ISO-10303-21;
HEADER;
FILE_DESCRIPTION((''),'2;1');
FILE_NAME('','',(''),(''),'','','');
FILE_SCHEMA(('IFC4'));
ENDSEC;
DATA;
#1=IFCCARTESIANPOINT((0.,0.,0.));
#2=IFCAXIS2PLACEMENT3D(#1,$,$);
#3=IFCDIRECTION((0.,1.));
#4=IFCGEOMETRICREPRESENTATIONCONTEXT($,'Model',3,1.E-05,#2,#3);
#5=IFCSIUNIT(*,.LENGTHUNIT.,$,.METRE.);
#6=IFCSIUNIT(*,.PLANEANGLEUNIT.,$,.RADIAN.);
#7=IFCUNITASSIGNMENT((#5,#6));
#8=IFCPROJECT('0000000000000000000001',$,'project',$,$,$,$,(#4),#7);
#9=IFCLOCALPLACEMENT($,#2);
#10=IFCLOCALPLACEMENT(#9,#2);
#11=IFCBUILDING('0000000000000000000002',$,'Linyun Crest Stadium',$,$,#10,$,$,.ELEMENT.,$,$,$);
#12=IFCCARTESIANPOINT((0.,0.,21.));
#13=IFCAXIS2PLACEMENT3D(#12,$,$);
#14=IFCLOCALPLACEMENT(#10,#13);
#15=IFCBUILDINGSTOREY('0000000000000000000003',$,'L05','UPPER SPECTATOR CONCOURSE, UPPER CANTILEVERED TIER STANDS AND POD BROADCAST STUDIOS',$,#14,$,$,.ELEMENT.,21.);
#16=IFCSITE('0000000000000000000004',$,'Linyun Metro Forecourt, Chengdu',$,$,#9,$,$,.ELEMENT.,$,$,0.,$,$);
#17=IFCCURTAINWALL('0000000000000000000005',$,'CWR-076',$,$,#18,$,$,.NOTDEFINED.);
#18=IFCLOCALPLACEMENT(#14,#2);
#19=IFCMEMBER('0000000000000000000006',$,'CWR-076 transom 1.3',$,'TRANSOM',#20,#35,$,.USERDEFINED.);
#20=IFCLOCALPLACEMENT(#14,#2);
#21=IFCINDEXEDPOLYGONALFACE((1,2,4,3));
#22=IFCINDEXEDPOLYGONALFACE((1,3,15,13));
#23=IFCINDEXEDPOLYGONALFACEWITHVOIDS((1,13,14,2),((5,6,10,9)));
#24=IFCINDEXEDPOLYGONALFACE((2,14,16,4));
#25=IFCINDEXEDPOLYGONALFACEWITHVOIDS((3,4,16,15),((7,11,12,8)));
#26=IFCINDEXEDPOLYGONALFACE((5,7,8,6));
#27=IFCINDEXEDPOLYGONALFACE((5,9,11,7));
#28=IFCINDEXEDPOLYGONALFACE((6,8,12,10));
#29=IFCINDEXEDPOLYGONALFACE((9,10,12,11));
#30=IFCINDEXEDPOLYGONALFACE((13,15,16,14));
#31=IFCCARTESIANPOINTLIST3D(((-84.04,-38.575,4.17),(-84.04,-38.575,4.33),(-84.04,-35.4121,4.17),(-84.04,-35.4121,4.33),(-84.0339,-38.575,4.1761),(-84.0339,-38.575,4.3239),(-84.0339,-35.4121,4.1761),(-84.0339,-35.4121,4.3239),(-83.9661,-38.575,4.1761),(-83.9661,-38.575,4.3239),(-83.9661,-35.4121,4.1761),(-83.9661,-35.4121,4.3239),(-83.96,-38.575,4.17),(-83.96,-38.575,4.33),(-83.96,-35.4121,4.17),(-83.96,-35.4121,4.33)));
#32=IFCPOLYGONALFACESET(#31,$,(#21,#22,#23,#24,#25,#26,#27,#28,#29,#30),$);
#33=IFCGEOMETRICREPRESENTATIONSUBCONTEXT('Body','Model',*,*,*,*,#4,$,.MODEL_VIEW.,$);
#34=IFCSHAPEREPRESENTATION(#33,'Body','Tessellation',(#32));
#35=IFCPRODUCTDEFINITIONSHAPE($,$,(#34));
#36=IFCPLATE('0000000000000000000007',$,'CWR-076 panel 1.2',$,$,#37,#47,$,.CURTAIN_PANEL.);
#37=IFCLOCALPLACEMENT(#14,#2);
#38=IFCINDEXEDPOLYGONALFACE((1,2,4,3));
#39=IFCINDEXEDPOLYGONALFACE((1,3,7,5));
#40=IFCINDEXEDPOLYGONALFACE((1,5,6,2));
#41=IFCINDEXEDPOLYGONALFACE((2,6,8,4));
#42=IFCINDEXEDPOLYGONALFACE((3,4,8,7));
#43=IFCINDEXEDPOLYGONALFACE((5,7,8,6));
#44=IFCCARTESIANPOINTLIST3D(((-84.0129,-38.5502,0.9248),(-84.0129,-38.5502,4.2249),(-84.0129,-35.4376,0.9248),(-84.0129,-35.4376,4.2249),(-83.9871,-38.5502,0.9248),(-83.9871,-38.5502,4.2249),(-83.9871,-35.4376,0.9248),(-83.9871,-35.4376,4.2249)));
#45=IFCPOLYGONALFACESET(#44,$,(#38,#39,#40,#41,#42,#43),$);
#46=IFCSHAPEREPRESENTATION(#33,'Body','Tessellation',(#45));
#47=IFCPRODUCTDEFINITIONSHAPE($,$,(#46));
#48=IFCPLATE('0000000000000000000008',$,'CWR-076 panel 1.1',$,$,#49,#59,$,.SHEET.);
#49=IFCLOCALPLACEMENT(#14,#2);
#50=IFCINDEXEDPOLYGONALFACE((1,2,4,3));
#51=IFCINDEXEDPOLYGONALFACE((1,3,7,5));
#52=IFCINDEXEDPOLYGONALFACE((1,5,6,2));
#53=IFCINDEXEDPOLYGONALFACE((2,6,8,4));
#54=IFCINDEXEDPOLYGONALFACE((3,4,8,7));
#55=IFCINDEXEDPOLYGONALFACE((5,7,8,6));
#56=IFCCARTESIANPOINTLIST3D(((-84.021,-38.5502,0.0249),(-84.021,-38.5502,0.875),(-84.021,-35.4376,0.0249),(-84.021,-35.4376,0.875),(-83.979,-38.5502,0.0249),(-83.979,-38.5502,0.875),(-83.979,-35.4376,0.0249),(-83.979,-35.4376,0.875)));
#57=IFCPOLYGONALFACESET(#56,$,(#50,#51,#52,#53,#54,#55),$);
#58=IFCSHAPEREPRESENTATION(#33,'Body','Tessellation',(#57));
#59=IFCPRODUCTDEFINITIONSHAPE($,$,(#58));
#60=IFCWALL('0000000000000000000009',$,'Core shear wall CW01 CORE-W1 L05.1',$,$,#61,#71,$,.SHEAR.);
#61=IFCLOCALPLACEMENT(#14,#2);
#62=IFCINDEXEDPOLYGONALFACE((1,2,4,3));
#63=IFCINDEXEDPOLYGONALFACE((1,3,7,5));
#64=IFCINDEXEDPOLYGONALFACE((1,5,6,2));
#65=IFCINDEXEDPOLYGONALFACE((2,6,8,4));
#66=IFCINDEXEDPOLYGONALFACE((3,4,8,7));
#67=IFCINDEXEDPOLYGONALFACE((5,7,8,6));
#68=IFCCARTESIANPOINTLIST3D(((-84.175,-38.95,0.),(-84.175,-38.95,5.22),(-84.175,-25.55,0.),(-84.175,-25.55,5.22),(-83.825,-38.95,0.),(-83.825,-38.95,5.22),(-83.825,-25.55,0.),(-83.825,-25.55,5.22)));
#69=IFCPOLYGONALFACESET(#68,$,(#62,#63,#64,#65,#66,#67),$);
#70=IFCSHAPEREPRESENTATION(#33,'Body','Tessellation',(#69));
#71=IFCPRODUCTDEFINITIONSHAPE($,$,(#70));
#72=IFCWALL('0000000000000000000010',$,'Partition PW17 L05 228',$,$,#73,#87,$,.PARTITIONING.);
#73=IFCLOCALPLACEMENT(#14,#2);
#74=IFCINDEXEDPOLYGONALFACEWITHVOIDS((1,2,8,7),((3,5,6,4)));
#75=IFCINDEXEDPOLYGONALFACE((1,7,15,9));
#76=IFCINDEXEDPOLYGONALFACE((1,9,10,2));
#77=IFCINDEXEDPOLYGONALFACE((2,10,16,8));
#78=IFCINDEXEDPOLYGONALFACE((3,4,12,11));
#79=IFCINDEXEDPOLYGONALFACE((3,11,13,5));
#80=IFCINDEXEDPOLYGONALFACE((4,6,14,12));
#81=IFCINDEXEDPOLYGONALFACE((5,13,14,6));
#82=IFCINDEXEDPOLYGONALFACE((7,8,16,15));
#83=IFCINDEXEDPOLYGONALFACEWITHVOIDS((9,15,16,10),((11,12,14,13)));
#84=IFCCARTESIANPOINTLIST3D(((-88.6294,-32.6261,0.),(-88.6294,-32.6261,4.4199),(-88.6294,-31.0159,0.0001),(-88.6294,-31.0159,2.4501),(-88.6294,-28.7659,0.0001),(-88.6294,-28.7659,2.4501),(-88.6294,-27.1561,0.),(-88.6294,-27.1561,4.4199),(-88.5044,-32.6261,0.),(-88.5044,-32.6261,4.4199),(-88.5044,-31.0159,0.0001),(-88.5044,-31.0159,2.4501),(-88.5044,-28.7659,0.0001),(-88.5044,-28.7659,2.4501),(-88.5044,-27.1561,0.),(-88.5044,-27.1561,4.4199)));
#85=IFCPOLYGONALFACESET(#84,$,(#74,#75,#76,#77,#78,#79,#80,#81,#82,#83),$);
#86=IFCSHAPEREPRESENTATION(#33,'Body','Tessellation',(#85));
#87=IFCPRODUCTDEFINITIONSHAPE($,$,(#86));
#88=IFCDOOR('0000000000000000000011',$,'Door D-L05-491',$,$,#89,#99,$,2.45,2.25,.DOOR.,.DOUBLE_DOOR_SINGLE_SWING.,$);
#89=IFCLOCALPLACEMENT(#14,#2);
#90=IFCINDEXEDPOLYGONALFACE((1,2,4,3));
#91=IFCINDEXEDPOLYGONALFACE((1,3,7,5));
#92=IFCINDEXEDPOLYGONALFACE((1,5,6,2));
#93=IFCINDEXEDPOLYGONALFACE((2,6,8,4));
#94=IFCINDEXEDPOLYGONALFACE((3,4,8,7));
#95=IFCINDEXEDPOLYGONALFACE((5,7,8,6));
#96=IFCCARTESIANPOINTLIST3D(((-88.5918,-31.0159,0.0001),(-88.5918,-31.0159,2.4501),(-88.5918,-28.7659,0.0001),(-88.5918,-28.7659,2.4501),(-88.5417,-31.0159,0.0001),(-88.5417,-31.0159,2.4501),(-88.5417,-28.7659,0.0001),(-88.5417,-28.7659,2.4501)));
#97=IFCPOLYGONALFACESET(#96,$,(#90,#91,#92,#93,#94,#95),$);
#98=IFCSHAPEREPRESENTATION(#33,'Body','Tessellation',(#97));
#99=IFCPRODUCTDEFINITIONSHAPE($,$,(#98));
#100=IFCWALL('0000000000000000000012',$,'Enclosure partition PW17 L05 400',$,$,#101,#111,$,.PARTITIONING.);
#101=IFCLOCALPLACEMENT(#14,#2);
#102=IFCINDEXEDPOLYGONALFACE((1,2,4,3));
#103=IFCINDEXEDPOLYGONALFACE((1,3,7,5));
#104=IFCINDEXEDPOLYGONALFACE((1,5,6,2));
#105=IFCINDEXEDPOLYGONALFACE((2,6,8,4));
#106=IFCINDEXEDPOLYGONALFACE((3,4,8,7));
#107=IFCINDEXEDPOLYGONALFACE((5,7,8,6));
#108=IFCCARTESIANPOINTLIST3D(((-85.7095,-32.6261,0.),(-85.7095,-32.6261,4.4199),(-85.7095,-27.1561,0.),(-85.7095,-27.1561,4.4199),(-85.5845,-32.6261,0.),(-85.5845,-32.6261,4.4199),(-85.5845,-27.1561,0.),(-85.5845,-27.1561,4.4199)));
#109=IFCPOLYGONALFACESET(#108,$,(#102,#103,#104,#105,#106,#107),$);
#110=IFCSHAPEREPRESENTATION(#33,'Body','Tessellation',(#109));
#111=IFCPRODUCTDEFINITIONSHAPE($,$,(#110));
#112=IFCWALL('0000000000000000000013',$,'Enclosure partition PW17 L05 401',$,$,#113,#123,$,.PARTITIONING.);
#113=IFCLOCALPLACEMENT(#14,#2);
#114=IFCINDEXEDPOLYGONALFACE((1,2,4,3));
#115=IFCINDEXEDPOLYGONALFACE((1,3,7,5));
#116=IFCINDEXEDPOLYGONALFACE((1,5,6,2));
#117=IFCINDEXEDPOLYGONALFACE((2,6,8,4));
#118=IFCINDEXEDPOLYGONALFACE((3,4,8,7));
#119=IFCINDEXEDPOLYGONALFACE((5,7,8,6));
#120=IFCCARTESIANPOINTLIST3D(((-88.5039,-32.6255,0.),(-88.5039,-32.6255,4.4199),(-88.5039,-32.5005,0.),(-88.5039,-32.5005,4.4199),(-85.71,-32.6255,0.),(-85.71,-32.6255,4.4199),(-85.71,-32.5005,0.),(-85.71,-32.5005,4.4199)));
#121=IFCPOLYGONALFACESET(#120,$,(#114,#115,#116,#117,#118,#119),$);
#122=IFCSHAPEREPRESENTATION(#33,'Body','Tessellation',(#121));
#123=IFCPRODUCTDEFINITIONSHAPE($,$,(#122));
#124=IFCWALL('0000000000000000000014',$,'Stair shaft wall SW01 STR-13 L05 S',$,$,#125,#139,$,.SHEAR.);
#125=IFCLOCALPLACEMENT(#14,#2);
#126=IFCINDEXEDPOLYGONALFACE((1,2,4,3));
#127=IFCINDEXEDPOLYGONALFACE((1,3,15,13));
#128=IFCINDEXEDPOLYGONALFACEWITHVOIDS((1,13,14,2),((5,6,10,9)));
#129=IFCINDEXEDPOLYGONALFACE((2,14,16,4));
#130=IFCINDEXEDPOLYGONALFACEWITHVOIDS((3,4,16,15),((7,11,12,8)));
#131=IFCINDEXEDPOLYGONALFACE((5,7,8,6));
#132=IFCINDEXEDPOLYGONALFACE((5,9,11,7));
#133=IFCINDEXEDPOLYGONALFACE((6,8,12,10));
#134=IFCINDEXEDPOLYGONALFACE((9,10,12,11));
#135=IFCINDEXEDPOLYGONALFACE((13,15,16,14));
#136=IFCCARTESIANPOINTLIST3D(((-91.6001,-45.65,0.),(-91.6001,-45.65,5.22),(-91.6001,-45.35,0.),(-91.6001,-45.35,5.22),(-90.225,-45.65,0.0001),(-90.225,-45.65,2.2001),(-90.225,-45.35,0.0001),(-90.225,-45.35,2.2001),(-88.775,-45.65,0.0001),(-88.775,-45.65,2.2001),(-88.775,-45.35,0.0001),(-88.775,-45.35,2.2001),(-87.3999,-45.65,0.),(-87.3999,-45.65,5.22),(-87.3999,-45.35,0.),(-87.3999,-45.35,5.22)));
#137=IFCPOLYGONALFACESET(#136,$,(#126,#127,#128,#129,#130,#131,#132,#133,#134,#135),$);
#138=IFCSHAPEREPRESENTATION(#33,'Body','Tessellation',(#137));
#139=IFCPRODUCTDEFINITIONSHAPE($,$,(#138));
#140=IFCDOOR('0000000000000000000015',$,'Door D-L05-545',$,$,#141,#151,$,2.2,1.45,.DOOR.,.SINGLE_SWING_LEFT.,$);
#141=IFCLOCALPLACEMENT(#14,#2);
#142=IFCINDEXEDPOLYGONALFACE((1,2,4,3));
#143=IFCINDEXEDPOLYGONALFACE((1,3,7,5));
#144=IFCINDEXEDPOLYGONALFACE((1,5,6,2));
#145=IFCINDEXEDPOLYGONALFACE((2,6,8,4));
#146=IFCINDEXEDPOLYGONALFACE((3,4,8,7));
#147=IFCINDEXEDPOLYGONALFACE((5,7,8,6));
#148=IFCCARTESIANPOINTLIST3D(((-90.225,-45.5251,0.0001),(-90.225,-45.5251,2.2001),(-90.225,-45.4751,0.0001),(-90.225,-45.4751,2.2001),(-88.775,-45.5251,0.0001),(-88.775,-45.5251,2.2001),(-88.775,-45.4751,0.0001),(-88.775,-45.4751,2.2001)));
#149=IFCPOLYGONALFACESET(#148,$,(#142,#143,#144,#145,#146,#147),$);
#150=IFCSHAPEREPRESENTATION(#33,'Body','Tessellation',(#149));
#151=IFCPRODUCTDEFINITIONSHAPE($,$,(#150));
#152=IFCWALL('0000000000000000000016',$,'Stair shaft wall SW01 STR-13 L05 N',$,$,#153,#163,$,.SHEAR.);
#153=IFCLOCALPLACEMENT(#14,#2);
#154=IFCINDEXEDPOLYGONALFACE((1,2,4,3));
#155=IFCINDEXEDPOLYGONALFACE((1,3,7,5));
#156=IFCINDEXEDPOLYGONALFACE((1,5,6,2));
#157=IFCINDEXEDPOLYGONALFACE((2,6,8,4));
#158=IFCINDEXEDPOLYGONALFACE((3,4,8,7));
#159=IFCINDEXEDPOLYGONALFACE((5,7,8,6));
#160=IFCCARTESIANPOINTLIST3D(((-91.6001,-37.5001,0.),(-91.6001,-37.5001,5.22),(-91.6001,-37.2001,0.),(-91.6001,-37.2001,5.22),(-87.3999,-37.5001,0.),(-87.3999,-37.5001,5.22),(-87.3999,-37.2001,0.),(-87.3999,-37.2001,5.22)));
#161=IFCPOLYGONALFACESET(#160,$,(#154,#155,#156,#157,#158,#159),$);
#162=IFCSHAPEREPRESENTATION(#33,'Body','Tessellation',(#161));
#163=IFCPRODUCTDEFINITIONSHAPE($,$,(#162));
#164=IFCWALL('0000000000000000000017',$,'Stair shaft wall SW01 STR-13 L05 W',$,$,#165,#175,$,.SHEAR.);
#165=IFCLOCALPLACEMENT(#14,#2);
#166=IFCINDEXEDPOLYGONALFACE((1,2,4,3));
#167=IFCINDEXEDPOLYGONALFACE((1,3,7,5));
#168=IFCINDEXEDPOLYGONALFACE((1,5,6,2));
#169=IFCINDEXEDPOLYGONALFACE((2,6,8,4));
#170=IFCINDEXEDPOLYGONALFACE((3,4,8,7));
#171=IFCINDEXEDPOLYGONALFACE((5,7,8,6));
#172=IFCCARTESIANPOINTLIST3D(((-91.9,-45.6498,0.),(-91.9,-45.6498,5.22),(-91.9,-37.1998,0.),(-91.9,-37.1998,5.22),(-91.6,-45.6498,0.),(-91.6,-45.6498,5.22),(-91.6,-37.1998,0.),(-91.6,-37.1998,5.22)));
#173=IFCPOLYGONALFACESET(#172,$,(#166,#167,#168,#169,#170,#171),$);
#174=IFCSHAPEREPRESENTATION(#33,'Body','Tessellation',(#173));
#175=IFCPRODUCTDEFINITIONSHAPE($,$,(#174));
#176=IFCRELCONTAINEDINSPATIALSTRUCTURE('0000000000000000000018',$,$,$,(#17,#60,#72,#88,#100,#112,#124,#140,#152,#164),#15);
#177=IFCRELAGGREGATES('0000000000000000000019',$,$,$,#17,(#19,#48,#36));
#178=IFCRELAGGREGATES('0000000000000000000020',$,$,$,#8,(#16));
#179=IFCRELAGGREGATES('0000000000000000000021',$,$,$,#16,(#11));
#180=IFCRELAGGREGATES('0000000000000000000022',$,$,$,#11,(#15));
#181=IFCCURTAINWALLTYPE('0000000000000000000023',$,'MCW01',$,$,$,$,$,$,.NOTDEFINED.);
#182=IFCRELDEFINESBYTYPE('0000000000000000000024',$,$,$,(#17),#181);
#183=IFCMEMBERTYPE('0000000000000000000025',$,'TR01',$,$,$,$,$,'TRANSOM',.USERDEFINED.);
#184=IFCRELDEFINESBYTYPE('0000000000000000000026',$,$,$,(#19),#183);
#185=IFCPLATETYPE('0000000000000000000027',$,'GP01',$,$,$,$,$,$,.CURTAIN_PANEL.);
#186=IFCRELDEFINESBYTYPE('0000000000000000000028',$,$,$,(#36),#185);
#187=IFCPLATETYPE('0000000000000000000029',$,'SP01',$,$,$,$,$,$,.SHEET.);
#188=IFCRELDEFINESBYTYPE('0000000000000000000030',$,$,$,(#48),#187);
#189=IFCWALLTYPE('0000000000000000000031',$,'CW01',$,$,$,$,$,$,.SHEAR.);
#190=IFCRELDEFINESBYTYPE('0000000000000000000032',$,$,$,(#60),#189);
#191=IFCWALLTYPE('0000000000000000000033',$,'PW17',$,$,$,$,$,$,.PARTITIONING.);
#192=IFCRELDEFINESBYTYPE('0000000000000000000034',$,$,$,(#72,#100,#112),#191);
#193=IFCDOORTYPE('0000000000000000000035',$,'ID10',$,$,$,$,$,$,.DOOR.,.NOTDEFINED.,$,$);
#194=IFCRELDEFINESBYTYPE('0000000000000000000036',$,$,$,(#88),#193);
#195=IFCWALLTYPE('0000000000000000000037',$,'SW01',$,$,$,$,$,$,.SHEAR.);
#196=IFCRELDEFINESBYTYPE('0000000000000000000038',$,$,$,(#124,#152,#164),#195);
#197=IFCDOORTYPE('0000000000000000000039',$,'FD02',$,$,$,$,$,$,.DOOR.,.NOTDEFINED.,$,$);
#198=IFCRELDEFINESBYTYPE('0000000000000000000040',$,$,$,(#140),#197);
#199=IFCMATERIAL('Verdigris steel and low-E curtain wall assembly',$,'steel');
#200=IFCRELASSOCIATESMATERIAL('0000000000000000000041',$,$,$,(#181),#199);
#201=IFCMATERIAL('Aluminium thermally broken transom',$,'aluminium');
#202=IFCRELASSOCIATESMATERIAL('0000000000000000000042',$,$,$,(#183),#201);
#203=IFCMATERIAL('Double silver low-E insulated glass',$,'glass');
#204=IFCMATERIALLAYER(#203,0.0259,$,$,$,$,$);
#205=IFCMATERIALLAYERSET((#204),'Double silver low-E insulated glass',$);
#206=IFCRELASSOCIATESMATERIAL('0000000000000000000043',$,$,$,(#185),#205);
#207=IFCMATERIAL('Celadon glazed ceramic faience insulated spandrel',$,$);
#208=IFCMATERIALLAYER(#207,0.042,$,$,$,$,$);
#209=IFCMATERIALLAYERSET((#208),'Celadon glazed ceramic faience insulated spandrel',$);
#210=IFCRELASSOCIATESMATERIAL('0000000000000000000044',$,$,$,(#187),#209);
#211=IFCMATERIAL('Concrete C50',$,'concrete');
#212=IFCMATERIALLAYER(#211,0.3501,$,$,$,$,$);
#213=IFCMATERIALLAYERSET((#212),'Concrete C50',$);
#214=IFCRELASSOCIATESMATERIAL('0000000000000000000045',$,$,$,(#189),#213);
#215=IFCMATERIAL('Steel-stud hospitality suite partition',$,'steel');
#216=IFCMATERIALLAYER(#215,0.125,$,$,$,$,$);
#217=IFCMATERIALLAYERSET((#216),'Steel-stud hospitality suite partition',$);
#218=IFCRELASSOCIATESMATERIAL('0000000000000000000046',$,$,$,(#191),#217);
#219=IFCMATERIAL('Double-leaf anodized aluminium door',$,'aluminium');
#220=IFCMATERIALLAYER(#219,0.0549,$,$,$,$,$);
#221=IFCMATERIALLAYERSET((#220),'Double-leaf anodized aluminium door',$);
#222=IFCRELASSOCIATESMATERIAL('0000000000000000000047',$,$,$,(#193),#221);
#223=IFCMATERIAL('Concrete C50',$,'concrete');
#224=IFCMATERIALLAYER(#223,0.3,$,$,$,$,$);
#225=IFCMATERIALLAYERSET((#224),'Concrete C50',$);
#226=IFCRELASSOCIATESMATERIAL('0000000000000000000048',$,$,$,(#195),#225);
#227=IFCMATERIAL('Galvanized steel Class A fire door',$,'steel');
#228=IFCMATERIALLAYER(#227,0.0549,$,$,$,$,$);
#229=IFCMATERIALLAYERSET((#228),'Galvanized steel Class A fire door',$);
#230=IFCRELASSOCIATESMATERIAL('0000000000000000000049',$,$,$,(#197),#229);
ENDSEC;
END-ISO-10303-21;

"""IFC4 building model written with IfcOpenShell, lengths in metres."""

from ifc_helpers import new_model, si_unit, direction, frame, frame_2d, origin, origin_2d, place, context, subcontext, project, spatial, rectangle, hollow_rectangle, extrude, material, layer, layer_set, material_profile, profile_set, type_object, element, fill, aggregate, save


model = new_model("IFC4")

# Units and contexts
model_context = context("Model", 3, precision=1e-05, world=origin(), true_north=direction((0.0, 1.0)))
body_context = subcontext(model_context, "Body", "Model", "MODEL_VIEW")
ifc_project = project(units=[si_unit("LENGTHUNIT", "METRE"), si_unit("PLANEANGLEUNIT", "RADIAN")], contexts=[model_context])

# Site, building, storey
site_placement = place(None, origin())
site = spatial("IfcSite", under=ifc_project, at=site_placement, Name="Linyun Metro Forecourt, Chengdu", CompositionType="ELEMENT", RefElevation=0.0)
building_placement = place(site_placement, origin())
building = spatial("IfcBuilding", under=site, at=building_placement, Name="Linyun Crest Stadium", CompositionType="ELEMENT")
storey_placement = place(building_placement, frame((0.0, 0.0, 21.0)))
storey = spatial("IfcBuildingStorey", under=building, at=storey_placement, Name="L05", Description="UPPER SPECTATOR CONCOURSE, UPPER CANTILEVERED TIER STANDS AND POD BROADCAST STUDIOS", CompositionType="ELEMENT", Elevation=21.0)

# Curtain wall
ifc_material_1 = material(Name="Verdigris steel and low-E curtain wall assembly", Category="steel")
curtain_wall_type = type_object("IfcCurtainWallType", Name="MCW01", PredefinedType="NOTDEFINED", material=ifc_material_1)
curtain_wall_placement = place(storey_placement, origin())
curtain_wall = element("IfcCurtainWall", 1, at=curtain_wall_placement, inside=storey, type_object=curtain_wall_type, Name="CWR-076", PredefinedType="NOTDEFINED")

# Member
ifc_material_2 = material(Name="Aluminium thermally broken transom", Category="aluminium")
ifc_material_profile_1 = material_profile(ifc_material_2, hollow_rectangle(XDim=0.0801, YDim=0.1599, WallThickness=0.0061, at=origin_2d()), Name="RHS 160x80x6")
ifc_profile_set_1 = profile_set([ifc_material_profile_1], Name="Aluminium thermally broken transom")
member_type_1 = type_object("IfcMemberType", Name="TR01", ElementType="TRANSOM", PredefinedType="USERDEFINED", material=ifc_profile_set_1)
member_1_placement = place(storey_placement, frame((-84.0, -38.575, 4.25), z_axis=(0.0, 1.0, 0.0), x_axis=(-1.0, 0.0, 0.0)))
member_1 = element("IfcMember", 2, at=member_1_placement, type_object=member_type_1, Name="CWR-076 transom 1.3", ObjectType="TRANSOM", PredefinedType="USERDEFINED", context=body_context, shape_type="SweptSolid", body=[
    extrude(hollow_rectangle(XDim=0.0801, YDim=0.1599, WallThickness=0.0061, at=origin_2d()), origin(), (0.0, 0.0, 1.0), 3.1628),
])

# Plates
ifc_material_3 = material(Name="Double silver low-E insulated glass", Category="glass")
ifc_layer_1 = layer(ifc_material_3, 0.0259)
ifc_layer_set_1 = layer_set([ifc_layer_1], Name="Double silver low-E insulated glass")
plate_type_1 = type_object("IfcPlateType", Name="GP01", PredefinedType="CURTAIN_PANEL", material=ifc_layer_set_1)
plate_1_placement = place(storey_placement, frame((-84.0, -36.9939, 0.9248), z_axis=(0.0, 0.0, 1.0), x_axis=(0.0, 1.0, 0.0)))
plate_1 = element("IfcPlate", 3, at=plate_1_placement, type_object=plate_type_1, Name="CWR-076 panel 1.2", PredefinedType="CURTAIN_PANEL", context=body_context, shape_type="SweptSolid", body=[
    extrude(rectangle(XDim=3.1125, YDim=0.0259, at=origin_2d()), origin(), (0.0, 0.0, 1.0), 3.3),
])
ifc_material_4 = material(Name="Celadon glazed ceramic faience insulated spandrel")
ifc_layer_2 = layer(ifc_material_4, 0.042)
ifc_layer_set_2 = layer_set([ifc_layer_2], Name="Celadon glazed ceramic faience insulated spandrel")
plate_type_2 = type_object("IfcPlateType", Name="SP01", PredefinedType="SHEET", material=ifc_layer_set_2)
plate_2_placement = place(storey_placement, frame((-84.0, -36.9939, 0.0249), z_axis=(0.0, 0.0, 1.0), x_axis=(0.0, 1.0, 0.0)))
plate_2 = element("IfcPlate", 4, at=plate_2_placement, type_object=plate_type_2, Name="CWR-076 panel 1.1", PredefinedType="SHEET", context=body_context, shape_type="SweptSolid", body=[
    extrude(rectangle(XDim=3.1125, YDim=0.042, at=origin_2d()), origin(), (0.0, 0.0, 1.0), 0.8501),
])
aggregate(curtain_wall, [member_1, plate_2, plate_1])

# Wall
ifc_material_5 = material(Name="Concrete C50", Category="concrete")
ifc_layer_3 = layer(ifc_material_5, 0.3501)
ifc_layer_set_3 = layer_set([ifc_layer_3], Name="Concrete C50")
wall_type_1 = type_object("IfcWallType", Name="CW01", PredefinedType="SHEAR", material=ifc_layer_set_3)
wall_1_placement = place(storey_placement, frame((-84.0, -38.95, 0.0), z_axis=(0.0, 0.0, 1.0), x_axis=(0.0, 1.0, 0.0)))
element("IfcWall", 5, at=wall_1_placement, inside=storey, type_object=wall_type_1, Name="Core shear wall CW01 CORE-W1 L05.1", PredefinedType="SHEAR", context=body_context, shape_type="SweptSolid", body=[
    extrude(rectangle(XDim=13.3999, YDim=0.3501, at=frame_2d((6.7, 0.0))), origin(), (0.0, 0.0, 1.0), 5.22),
])

# Wall, opening, door
ifc_material_6 = material(Name="Steel-stud hospitality suite partition", Category="steel")
ifc_layer_4 = layer(ifc_material_6, 0.125)
ifc_layer_set_4 = layer_set([ifc_layer_4], Name="Steel-stud hospitality suite partition")
wall_type_2 = type_object("IfcWallType", Name="PW17", PredefinedType="PARTITIONING", material=ifc_layer_set_4)
wall_2_placement = place(storey_placement, frame((-88.5669, -32.626, 0.0), z_axis=(0.0, 0.0, 1.0), x_axis=(0.0, 1.0, 0.0)))
wall_2 = element("IfcWall", 6, at=wall_2_placement, inside=storey, type_object=wall_type_2, Name="Partition PW17 L05 228", PredefinedType="PARTITIONING", context=body_context, shape_type="SweptSolid", body=[
    extrude(rectangle(XDim=5.47, YDim=0.125, at=frame_2d((2.7349, 0.0))), origin(), (0.0, 0.0, 1.0), 4.4199),
])
opening_1_placement = place(wall_2_placement, frame((1.6101, 0.0, 0.0)))
opening_1 = element("IfcOpeningElement", 7, at=opening_1_placement, cuts=wall_2, PredefinedType="OPENING", context=body_context, shape_type="SweptSolid", body=[
    extrude(rectangle(XDim=2.25, YDim=2.45, at=frame_2d((1.125, 1.2251))), frame((0.0, 0.0725, 0.0), z_axis=(0.0, -1.0, 0.0), x_axis=(1.0, 0.0, 0.0)), (0.0, 0.0, 1.0), 0.145),
])
ifc_material_7 = material(Name="Double-leaf anodized aluminium door", Category="aluminium")
ifc_layer_5 = layer(ifc_material_7, 0.0549)
ifc_layer_set_5 = layer_set([ifc_layer_5], Name="Double-leaf anodized aluminium door")
door_type_1 = type_object("IfcDoorType", Name="ID10", OperationType="NOTDEFINED", PredefinedType="DOOR", material=ifc_layer_set_5)
door_1_placement = place(opening_1_placement, origin())
door_1 = element("IfcDoor", 8, at=door_1_placement, inside=storey, type_object=door_type_1, Name="Door D-L05-491", OperationType="DOUBLE_DOOR_SINGLE_SWING", OverallHeight=2.45, OverallWidth=2.25, PredefinedType="DOOR", context=body_context, shape_type="SweptSolid", body=[
    extrude(rectangle(XDim=2.25, YDim=2.45, at=frame_2d((1.125, 1.2251))), frame((0.0, 0.0249, 0.0), z_axis=(0.0, -1.0, 0.0), x_axis=(1.0, 0.0, 0.0)), (0.0, 0.0, 1.0), 0.05),
])
fill(opening_1, door_1)

# Walls
wall_3_placement = place(storey_placement, frame((-85.647, -32.626, 0.0), z_axis=(0.0, 0.0, 1.0), x_axis=(0.0, 1.0, 0.0)))
element("IfcWall", 9, at=wall_3_placement, inside=storey, type_object=wall_type_2, Name="Enclosure partition PW17 L05 400", PredefinedType="PARTITIONING", context=body_context, shape_type="SweptSolid", body=[
    extrude(rectangle(XDim=5.47, YDim=0.125, at=frame_2d((2.7349, 0.0))), origin(), (0.0, 0.0, 1.0), 4.4199),
])
wall_4_placement = place(storey_placement, frame((-88.5039, -32.563, 0.0), z_axis=(0.0, 0.0, 1.0), x_axis=(1.0, 0.0, 0.0)))
element("IfcWall", 10, at=wall_4_placement, inside=storey, type_object=wall_type_2, Name="Enclosure partition PW17 L05 401", PredefinedType="PARTITIONING", context=body_context, shape_type="SweptSolid", body=[
    extrude(rectangle(XDim=2.7939, YDim=0.125, at=frame_2d((1.397, 0.0))), origin(), (0.0, 0.0, 1.0), 4.4199),
])

# Wall, opening, door
ifc_material_8 = material(Name="Concrete C50", Category="concrete")
ifc_layer_6 = layer(ifc_material_8, 0.3)
ifc_layer_set_6 = layer_set([ifc_layer_6], Name="Concrete C50")
wall_type_3 = type_object("IfcWallType", Name="SW01", PredefinedType="SHEAR", material=ifc_layer_set_6)
wall_5_placement = place(storey_placement, frame((-91.6001, -45.5, 0.0), z_axis=(0.0, 0.0, 1.0), x_axis=(1.0, 0.0, 0.0)))
wall_5 = element("IfcWall", 11, at=wall_5_placement, inside=storey, type_object=wall_type_3, Name="Stair shaft wall SW01 STR-13 L05 S", PredefinedType="SHEAR", context=body_context, shape_type="SweptSolid", body=[
    extrude(rectangle(XDim=4.2002, YDim=0.3, at=frame_2d((2.1001, 0.0))), origin(), (0.0, 0.0, 1.0), 5.22),
])
opening_2_placement = place(wall_5_placement, frame((1.375, 0.0, 0.0)))
opening_2 = element("IfcOpeningElement", 12, at=opening_2_placement, cuts=wall_5, PredefinedType="OPENING", context=body_context, shape_type="SweptSolid", body=[
    extrude(rectangle(XDim=1.45, YDim=2.2, at=frame_2d((0.7251, 1.1001))), frame((0.0, 0.1599, 0.0), z_axis=(0.0, -1.0, 0.0), x_axis=(1.0, 0.0, 0.0)), (0.0, 0.0, 1.0), 0.3201),
])
ifc_material_9 = material(Name="Galvanized steel Class A fire door", Category="steel")
ifc_layer_7 = layer(ifc_material_9, 0.0549)
ifc_layer_set_7 = layer_set([ifc_layer_7], Name="Galvanized steel Class A fire door")
door_type_2 = type_object("IfcDoorType", Name="FD02", OperationType="NOTDEFINED", PredefinedType="DOOR", material=ifc_layer_set_7)
door_2_placement = place(opening_2_placement, origin())
door_2 = element("IfcDoor", 13, at=door_2_placement, inside=storey, type_object=door_type_2, Name="Door D-L05-545", OperationType="SINGLE_SWING_LEFT", OverallHeight=2.2, OverallWidth=1.45, PredefinedType="DOOR", context=body_context, shape_type="SweptSolid", body=[
    extrude(rectangle(XDim=1.45, YDim=2.2, at=frame_2d((0.7251, 1.1001))), frame((0.0, 0.0249, 0.0), z_axis=(0.0, -1.0, 0.0), x_axis=(1.0, 0.0, 0.0)), (0.0, 0.0, 1.0), 0.05),
])
fill(opening_2, door_2)

# Walls
wall_6_placement = place(storey_placement, frame((-91.6001, -37.3501, 0.0), z_axis=(0.0, 0.0, 1.0), x_axis=(1.0, 0.0, 0.0)))
element("IfcWall", 14, at=wall_6_placement, inside=storey, type_object=wall_type_3, Name="Stair shaft wall SW01 STR-13 L05 N", PredefinedType="SHEAR", context=body_context, shape_type="SweptSolid", body=[
    extrude(rectangle(XDim=4.2002, YDim=0.3, at=frame_2d((2.1001, 0.0))), origin(), (0.0, 0.0, 1.0), 5.22),
])
for number, where, z_axis, x_axis, name in (
    (15, (-91.75, -45.6499, 0.0), (0.0, 0.0, 1.0), (0.0, 1.0, 0.0), "Stair shaft wall SW01 STR-13 L05 W"),
):
    element("IfcWall", number, at=place(storey_placement, frame(where, z_axis=z_axis, x_axis=x_axis)), inside=storey, type_object=wall_type_3, Name=name, PredefinedType="SHEAR", context=body_context, shape_type="SweptSolid", body=[
        extrude(rectangle(XDim=8.45, YDim=0.3, at=frame_2d((4.2251, 0.0))), origin(), (0.0, 0.0, 1.0), 5.22),
    ])

save(model, "model.ifc")
